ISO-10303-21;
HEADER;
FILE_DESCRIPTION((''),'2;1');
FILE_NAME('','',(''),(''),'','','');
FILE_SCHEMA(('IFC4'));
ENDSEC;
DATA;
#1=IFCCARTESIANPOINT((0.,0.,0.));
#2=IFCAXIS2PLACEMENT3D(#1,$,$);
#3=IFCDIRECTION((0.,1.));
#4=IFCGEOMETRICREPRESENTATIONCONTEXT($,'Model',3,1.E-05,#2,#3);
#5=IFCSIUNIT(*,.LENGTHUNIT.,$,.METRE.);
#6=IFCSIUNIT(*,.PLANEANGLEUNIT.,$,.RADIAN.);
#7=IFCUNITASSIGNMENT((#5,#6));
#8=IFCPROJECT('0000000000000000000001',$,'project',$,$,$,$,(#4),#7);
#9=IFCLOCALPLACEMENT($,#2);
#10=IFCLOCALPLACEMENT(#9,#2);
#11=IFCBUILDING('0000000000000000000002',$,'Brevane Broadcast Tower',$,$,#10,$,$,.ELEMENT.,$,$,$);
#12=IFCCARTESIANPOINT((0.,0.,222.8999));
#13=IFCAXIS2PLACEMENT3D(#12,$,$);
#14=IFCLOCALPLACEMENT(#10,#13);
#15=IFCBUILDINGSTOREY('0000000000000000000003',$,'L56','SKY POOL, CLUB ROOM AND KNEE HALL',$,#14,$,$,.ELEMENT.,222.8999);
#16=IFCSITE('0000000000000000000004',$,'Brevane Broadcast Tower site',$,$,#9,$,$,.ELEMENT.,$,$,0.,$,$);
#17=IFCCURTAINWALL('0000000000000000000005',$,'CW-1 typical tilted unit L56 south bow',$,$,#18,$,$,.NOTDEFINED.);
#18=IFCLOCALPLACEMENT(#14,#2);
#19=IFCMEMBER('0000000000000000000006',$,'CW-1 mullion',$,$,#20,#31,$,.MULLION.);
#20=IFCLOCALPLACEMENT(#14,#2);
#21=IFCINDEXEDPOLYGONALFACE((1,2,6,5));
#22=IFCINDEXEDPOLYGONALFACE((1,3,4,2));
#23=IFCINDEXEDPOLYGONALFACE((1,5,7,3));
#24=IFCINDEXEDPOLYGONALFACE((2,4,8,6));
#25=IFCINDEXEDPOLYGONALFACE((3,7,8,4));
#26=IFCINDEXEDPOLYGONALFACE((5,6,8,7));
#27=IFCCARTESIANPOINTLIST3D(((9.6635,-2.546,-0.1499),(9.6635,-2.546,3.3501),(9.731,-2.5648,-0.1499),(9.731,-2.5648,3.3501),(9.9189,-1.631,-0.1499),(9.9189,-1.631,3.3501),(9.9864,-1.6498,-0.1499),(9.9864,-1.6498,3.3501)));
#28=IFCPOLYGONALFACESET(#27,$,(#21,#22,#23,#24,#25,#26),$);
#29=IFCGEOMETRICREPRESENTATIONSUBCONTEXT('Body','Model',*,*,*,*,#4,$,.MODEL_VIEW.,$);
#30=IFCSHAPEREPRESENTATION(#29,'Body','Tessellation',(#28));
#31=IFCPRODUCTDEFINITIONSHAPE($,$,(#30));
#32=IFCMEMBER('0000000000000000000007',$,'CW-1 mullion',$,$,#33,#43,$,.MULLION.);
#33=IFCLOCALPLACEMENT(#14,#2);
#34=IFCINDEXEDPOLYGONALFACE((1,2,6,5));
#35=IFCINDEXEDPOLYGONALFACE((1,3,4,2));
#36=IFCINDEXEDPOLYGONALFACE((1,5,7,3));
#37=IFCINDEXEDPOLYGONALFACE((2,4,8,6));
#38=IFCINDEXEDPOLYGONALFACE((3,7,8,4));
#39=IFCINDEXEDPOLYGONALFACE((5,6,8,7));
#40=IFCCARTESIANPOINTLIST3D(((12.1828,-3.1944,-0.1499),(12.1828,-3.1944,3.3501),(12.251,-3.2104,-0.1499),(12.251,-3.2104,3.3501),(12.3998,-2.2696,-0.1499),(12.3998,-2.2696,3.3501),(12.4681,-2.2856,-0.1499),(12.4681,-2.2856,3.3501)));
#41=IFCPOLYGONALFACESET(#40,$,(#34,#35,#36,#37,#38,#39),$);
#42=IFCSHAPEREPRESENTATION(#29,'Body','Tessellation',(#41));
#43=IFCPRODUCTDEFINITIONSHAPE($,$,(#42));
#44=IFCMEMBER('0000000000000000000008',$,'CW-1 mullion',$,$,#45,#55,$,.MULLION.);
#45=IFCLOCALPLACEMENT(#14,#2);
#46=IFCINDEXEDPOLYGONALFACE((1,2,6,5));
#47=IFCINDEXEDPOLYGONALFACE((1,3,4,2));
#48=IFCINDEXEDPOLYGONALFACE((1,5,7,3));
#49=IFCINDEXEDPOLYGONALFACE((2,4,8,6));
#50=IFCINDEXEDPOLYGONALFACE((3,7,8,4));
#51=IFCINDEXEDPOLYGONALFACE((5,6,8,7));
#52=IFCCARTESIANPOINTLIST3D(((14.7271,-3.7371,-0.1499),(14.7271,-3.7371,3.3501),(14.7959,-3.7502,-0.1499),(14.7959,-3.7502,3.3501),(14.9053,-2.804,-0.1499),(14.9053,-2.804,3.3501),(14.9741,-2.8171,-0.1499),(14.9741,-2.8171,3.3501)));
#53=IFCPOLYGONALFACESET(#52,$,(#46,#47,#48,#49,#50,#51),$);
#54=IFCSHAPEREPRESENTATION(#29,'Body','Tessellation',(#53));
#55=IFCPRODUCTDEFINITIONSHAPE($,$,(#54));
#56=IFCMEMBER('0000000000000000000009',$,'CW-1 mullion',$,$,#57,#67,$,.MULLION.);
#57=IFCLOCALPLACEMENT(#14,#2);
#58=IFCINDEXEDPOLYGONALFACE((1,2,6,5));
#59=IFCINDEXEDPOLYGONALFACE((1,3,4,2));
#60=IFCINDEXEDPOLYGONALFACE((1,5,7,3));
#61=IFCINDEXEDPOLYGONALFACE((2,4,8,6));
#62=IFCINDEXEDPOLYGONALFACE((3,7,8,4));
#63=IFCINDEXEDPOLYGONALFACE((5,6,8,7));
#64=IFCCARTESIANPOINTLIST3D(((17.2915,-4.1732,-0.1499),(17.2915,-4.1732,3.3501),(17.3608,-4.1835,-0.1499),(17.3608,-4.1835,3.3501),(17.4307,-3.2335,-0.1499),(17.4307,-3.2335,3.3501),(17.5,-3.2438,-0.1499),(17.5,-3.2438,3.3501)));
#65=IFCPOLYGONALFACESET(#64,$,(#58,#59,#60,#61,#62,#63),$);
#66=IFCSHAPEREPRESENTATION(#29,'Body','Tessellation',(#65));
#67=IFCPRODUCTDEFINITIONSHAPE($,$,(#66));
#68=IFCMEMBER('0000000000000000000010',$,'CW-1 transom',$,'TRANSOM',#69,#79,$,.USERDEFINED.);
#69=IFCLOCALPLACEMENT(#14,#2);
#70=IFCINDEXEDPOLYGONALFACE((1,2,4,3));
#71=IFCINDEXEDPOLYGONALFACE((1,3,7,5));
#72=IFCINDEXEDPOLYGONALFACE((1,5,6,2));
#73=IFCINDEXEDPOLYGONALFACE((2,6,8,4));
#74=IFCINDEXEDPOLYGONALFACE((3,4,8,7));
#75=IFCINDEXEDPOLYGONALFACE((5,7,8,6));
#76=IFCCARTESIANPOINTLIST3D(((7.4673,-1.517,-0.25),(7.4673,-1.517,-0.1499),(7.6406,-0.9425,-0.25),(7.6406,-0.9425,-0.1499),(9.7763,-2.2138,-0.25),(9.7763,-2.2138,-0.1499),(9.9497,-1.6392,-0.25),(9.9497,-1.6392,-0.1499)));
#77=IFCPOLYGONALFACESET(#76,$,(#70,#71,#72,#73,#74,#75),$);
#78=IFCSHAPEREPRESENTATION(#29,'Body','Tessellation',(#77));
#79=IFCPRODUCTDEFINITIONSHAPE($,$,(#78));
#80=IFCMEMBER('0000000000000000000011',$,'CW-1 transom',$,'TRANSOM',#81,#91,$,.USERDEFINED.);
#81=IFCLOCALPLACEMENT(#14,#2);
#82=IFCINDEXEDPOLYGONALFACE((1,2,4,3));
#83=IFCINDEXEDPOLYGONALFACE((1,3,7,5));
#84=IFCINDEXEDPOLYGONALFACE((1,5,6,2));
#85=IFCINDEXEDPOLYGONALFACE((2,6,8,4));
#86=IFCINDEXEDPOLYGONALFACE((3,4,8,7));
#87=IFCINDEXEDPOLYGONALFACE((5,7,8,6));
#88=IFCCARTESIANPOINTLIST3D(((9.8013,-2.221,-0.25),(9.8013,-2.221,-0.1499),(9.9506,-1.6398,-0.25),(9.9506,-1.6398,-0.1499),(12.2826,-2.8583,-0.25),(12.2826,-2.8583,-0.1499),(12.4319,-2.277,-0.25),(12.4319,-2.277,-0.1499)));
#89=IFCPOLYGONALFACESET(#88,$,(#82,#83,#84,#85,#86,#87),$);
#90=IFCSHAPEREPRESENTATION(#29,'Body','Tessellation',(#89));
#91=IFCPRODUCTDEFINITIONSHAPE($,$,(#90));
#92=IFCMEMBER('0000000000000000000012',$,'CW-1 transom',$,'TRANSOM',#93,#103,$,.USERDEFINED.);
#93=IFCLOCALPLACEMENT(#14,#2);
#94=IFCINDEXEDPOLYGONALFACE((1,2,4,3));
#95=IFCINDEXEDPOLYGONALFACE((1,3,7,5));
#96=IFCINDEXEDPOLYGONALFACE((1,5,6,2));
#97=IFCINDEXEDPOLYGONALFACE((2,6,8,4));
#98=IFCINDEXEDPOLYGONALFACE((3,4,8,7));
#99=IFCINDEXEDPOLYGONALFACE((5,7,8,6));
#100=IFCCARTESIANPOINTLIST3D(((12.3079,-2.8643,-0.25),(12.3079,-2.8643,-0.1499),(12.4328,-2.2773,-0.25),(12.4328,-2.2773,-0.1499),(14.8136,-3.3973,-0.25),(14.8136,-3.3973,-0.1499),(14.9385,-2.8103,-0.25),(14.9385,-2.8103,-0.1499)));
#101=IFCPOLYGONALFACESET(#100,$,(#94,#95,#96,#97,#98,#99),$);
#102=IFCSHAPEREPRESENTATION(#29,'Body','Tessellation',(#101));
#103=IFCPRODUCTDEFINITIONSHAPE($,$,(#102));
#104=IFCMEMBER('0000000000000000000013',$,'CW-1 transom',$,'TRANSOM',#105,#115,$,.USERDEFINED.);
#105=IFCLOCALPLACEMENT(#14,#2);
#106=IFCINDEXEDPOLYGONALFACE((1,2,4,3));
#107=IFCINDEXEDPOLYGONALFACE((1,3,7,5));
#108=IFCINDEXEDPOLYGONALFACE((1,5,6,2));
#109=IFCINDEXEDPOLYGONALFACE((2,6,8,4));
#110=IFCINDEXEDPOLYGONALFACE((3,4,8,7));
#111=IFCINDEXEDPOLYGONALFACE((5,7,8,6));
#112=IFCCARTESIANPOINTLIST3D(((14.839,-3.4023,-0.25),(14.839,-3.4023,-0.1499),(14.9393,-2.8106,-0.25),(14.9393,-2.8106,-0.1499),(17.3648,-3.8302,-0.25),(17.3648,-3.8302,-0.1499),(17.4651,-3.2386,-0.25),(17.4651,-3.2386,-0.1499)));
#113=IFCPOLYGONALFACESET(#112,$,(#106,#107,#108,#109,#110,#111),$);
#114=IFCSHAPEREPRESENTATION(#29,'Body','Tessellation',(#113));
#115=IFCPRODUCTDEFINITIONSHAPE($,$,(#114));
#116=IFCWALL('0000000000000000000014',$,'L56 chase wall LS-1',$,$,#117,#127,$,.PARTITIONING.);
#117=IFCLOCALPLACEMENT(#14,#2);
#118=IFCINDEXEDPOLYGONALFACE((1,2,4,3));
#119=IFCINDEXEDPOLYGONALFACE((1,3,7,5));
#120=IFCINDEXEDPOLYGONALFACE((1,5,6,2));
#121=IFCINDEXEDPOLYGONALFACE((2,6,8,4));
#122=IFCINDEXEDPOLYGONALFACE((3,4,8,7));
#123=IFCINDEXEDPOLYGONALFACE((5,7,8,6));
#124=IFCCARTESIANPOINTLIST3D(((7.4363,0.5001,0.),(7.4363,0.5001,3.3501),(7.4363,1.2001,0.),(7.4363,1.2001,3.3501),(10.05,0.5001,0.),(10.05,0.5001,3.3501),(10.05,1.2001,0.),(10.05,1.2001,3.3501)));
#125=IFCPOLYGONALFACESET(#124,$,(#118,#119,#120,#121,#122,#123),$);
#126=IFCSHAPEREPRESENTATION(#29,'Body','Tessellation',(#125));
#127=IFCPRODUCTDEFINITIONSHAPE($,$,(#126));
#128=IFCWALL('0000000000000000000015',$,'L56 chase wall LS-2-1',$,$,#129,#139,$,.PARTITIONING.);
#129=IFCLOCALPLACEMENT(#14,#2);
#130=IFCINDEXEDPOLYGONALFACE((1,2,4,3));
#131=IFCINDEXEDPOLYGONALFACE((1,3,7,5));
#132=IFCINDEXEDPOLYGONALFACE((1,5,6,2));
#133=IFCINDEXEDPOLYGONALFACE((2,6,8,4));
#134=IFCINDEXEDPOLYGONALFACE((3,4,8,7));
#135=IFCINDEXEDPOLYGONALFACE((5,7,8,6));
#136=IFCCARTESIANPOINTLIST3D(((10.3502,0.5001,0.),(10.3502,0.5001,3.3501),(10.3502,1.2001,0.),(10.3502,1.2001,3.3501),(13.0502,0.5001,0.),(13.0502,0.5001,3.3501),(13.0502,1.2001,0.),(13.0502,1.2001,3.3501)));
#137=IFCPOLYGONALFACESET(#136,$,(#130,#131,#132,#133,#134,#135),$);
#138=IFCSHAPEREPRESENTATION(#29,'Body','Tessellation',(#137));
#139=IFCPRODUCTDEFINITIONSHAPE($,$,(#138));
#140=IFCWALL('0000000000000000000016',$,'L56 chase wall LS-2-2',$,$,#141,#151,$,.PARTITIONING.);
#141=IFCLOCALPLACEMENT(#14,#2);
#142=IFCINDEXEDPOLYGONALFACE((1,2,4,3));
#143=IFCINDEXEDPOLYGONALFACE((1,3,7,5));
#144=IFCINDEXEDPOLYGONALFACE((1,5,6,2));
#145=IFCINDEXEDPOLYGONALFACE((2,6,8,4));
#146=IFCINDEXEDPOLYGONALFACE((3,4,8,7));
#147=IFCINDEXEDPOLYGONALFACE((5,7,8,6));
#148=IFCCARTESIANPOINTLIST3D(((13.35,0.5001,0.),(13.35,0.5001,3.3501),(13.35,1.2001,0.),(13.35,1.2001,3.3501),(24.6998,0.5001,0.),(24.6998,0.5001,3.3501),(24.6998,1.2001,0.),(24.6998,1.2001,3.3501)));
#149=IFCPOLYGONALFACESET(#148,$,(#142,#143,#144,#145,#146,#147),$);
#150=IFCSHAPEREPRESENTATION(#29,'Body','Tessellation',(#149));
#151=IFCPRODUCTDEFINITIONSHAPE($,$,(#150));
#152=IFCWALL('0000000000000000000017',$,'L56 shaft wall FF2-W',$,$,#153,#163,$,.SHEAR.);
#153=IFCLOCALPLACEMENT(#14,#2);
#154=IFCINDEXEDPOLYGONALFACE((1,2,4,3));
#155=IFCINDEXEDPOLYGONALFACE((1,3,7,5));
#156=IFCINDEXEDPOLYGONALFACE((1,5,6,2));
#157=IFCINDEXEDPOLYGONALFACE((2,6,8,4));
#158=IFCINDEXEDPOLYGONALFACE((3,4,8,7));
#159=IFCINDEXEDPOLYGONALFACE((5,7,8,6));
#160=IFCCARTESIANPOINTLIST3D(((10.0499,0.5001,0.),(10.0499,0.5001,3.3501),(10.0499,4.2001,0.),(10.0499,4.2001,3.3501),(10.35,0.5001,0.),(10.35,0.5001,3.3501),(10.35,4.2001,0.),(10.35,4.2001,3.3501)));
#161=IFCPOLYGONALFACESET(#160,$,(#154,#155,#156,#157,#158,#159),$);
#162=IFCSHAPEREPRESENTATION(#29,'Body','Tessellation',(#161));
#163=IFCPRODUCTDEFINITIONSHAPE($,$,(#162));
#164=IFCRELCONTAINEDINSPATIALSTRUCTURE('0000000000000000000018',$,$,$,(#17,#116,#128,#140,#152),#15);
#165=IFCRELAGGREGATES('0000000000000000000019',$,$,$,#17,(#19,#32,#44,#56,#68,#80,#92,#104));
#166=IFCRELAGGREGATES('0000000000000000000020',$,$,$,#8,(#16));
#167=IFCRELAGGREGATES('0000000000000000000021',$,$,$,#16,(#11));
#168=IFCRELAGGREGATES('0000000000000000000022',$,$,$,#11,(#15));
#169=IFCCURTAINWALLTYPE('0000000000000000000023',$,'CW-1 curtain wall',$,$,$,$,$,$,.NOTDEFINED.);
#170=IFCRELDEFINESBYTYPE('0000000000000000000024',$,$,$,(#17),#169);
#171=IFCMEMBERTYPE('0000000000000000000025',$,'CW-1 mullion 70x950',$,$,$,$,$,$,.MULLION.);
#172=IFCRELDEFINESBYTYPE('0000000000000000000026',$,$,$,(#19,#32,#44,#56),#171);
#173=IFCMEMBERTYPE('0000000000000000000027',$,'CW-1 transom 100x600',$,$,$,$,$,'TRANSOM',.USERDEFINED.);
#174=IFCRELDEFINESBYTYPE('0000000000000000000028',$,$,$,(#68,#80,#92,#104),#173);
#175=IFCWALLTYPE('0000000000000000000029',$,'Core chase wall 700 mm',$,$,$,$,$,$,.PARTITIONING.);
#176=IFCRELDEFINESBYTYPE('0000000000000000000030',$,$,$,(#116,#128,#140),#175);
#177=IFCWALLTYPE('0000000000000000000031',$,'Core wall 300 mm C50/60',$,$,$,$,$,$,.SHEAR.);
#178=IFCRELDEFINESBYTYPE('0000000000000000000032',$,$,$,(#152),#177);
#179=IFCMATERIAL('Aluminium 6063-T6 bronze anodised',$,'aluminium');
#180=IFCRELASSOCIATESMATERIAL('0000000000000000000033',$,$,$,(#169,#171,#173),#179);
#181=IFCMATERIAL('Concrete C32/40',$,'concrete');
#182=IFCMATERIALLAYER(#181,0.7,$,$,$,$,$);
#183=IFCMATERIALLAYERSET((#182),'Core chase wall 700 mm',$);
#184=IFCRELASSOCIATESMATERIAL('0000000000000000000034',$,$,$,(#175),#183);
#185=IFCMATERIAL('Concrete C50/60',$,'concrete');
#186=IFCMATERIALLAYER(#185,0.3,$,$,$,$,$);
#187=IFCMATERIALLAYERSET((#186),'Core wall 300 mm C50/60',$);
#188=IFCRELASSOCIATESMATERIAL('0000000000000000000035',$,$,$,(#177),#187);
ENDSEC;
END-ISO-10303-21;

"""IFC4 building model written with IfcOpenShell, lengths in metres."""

from ifc_helpers import new_model, si_unit, direction, frame, frame_2d, origin, origin_2d, place, context, subcontext, project, spatial, rectangle, extrude, material, layer, layer_set, material_profile, profile_set, type_object, element, aggregate, save


model = new_model("IFC4")

# Units and contexts
model_context = context("Model", 3, precision=1e-05, world=origin(), true_north=direction((0.0, 1.0)))
body_context = subcontext(model_context, "Body", "Model", "MODEL_VIEW")
ifc_project = project(units=[si_unit("LENGTHUNIT", "METRE"), si_unit("PLANEANGLEUNIT", "RADIAN")], contexts=[model_context])

# Site, building, storey
site_placement = place(None, origin())
site = spatial("IfcSite", under=ifc_project, at=site_placement, Name="Brevane Broadcast Tower site", CompositionType="ELEMENT", RefElevation=0.0)
building_placement = place(site_placement, origin())
building = spatial("IfcBuilding", under=site, at=building_placement, Name="Brevane Broadcast Tower", CompositionType="ELEMENT")
storey_placement = place(building_placement, frame((0.0, 0.0, 222.8999)))
storey = spatial("IfcBuildingStorey", under=building, at=storey_placement, Name="L56", Description="SKY POOL, CLUB ROOM AND KNEE HALL", CompositionType="ELEMENT", Elevation=222.8999)

# Curtain wall, members
ifc_material_1 = material(Name="Aluminium 6063-T6 bronze anodised", Category="aluminium")
curtain_wall_type = type_object("IfcCurtainWallType", Name="CW-1 curtain wall", PredefinedType="NOTDEFINED", material=ifc_material_1)
curtain_wall_placement = place(storey_placement, origin())
curtain_wall = element("IfcCurtainWall", 1, at=curtain_wall_placement, inside=storey, type_object=curtain_wall_type, Name="CW-1 typical tilted unit L56 south bow", PredefinedType="NOTDEFINED")
ifc_material_profile_1 = material_profile(ifc_material_1, rectangle(XDim=0.95, YDim=0.0701, at=origin_2d()), Name="RECT 70x950")
ifc_profile_set_1 = profile_set([ifc_material_profile_1], Name="Aluminium 6063-T6 bronze anodised")
member_type_1 = type_object("IfcMemberType", Name="CW-1 mullion 70x950", PredefinedType="MULLION", material=ifc_profile_set_1)
member_1_placement = place(storey_placement, frame((9.825, -2.0979, -0.1499), z_axis=(0.0, 0.0, 1.0), x_axis=(0.268916, 0.963164, 0.0)))
member_1 = element("IfcMember", 2, at=member_1_placement, type_object=member_type_1, Name="CW-1 mullion", PredefinedType="MULLION", context=body_context, shape_type="SweptSolid", body=[
    extrude(rectangle(XDim=0.95, YDim=0.0701, at=origin_2d()), origin(), (0.0, 0.0, 1.0), 3.5),
])
member_2_placement = place(storey_placement, frame((12.3254, -2.74, -0.1499), z_axis=(0.0, 0.0, 1.0), x_axis=(0.228467, 0.973552, 0.0)))
member_2 = element("IfcMember", 3, at=member_2_placement, type_object=member_type_1, Name="CW-1 mullion", PredefinedType="MULLION", context=body_context, shape_type="SweptSolid", body=[
    extrude(rectangle(XDim=0.95, YDim=0.0701, at=origin_2d()), origin(), (0.0, 0.0, 1.0), 3.5),
])
member_3_placement = place(storey_placement, frame((14.8506, -3.2771, -0.1499), z_axis=(0.0, 0.0, 1.0), x_axis=(0.187621, 0.982242, 0.0)))
member_3 = element("IfcMember", 4, at=member_3_placement, type_object=member_type_1, Name="CW-1 mullion", PredefinedType="MULLION", context=body_context, shape_type="SweptSolid", body=[
    extrude(rectangle(XDim=0.95, YDim=0.0701, at=origin_2d()), origin(), (0.0, 0.0, 1.0), 3.5),
])
member_4_placement = place(storey_placement, frame((17.3958, -3.7085, -0.1499), z_axis=(0.0, 0.0, 1.0), x_axis=(0.146447, 0.989218, 0.0)))
member_4 = element("IfcMember", 5, at=member_4_placement, type_object=member_type_1, Name="CW-1 mullion", PredefinedType="MULLION", context=body_context, shape_type="SweptSolid", body=[
    extrude(rectangle(XDim=0.95, YDim=0.0701, at=origin_2d()), origin(), (0.0, 0.0, 1.0), 3.5),
])
ifc_material_profile_2 = material_profile(ifc_material_1, rectangle(XDim=0.6001, YDim=0.1001, at=origin_2d()), Name="RECT 100x600")
ifc_profile_set_2 = profile_set([ifc_material_profile_2], Name="Aluminium 6063-T6 bronze anodised")
member_type_2 = type_object("IfcMemberType", Name="CW-1 transom 100x600", ElementType="TRANSOM", PredefinedType="USERDEFINED", material=ifc_profile_set_2)
member_5_placement = place(storey_placement, frame((7.554, -1.2297, -0.2), z_axis=(0.957363, -0.288889, 0.0), x_axis=(0.288889, 0.957363, 0.0)))
member_5 = element("IfcMember", 6, at=member_5_placement, type_object=member_type_2, Name="CW-1 transom", ObjectType="TRANSOM", PredefinedType="USERDEFINED", context=body_context, shape_type="SweptSolid", body=[
    extrude(rectangle(XDim=0.6001, YDim=0.1001, at=origin_2d()), origin(), (0.0, 0.0, 1.0), 2.4119),
])
member_6_placement = place(storey_placement, frame((9.876, -1.9304, -0.2), z_axis=(0.96857, -0.248742, 0.0), x_axis=(0.248742, 0.96857, 0.0)))
member_6 = element("IfcMember", 7, at=member_6_placement, type_object=member_type_2, Name="CW-1 transom", ObjectType="TRANSOM", PredefinedType="USERDEFINED", context=body_context, shape_type="SweptSolid", body=[
    extrude(rectangle(XDim=0.6001, YDim=0.1001, at=origin_2d()), origin(), (0.0, 0.0, 1.0), 2.5618),
])
member_7_placement = place(storey_placement, frame((12.3704, -2.5708, -0.2), z_axis=(0.978118, -0.208051, 0.0), x_axis=(0.208051, 0.978118, 0.0)))
member_7 = element("IfcMember", 8, at=member_7_placement, type_object=member_type_2, Name="CW-1 transom", ObjectType="TRANSOM", PredefinedType="USERDEFINED", context=body_context, shape_type="SweptSolid", body=[
    extrude(rectangle(XDim=0.6001, YDim=0.1001, at=origin_2d()), origin(), (0.0, 0.0, 1.0), 2.5618),
])
member_8_placement = place(storey_placement, frame((14.8892, -3.1064, -0.2), z_axis=(0.985947, -0.167056, 0.0), x_axis=(0.167056, 0.985947, 0.0)))
member_8 = element("IfcMember", 9, at=member_8_placement, type_object=member_type_2, Name="CW-1 transom", ObjectType="TRANSOM", PredefinedType="USERDEFINED", context=body_context, shape_type="SweptSolid", body=[
    extrude(rectangle(XDim=0.6001, YDim=0.1001, at=origin_2d()), origin(), (0.0, 0.0, 1.0), 2.5618),
])
aggregate(curtain_wall, [member_1, member_2, member_3, member_4, member_5, member_6, member_7, member_8])

# Walls
ifc_material_2 = material(Name="Concrete C32/40", Category="concrete")
ifc_layer_1 = layer(ifc_material_2, 0.7)
ifc_layer_set_1 = layer_set([ifc_layer_1], Name="Core chase wall 700 mm")
wall_type_1 = type_object("IfcWallType", Name="Core chase wall 700 mm", PredefinedType="PARTITIONING", material=ifc_layer_set_1)
wall_1_placement = place(storey_placement, frame((7.4363, 0.8501, 0.0), z_axis=(0.0, 0.0, 1.0), x_axis=(1.0, 0.0, 0.0)))
element("IfcWall", 10, at=wall_1_placement, inside=storey, type_object=wall_type_1, Name="L56 chase wall LS-1", PredefinedType="PARTITIONING", context=body_context, shape_type="SweptSolid", body=[
    extrude(rectangle(XDim=2.6138, YDim=0.7, at=frame_2d((1.3069, 0.0))), origin(), (0.0, 0.0, 1.0), 3.3501),
])
wall_2_placement = place(storey_placement, frame((10.3501, 0.8501, 0.0), z_axis=(0.0, 0.0, 1.0), x_axis=(1.0, 0.0, 0.0)))
element("IfcWall", 11, at=wall_2_placement, inside=storey, type_object=wall_type_1, Name="L56 chase wall LS-2-1", PredefinedType="PARTITIONING", context=body_context, shape_type="SweptSolid", body=[
    extrude(rectangle(XDim=2.7, YDim=0.7, at=frame_2d((1.3501, 0.0))), origin(), (0.0, 0.0, 1.0), 3.3501),
])
wall_3_placement = place(storey_placement, frame((13.3501, 0.8501, 0.0), z_axis=(0.0, 0.0, 1.0), x_axis=(1.0, 0.0, 0.0)))
element("IfcWall", 12, at=wall_3_placement, inside=storey, type_object=wall_type_1, Name="L56 chase wall LS-2-2", PredefinedType="PARTITIONING", context=body_context, shape_type="SweptSolid", body=[
    extrude(rectangle(XDim=11.3499, YDim=0.7, at=frame_2d((5.6748, 0.0))), origin(), (0.0, 0.0, 1.0), 3.3501),
])
ifc_material_3 = material(Name="Concrete C50/60", Category="concrete")
ifc_layer_2 = layer(ifc_material_3, 0.3)
ifc_layer_set_2 = layer_set([ifc_layer_2], Name="Core wall 300 mm C50/60")
wall_type_2 = type_object("IfcWallType", Name="Core wall 300 mm C50/60", PredefinedType="SHEAR", material=ifc_layer_set_2)
wall_4_placement = place(storey_placement, frame((10.2, 0.5, 0.0), z_axis=(0.0, 0.0, 1.0), x_axis=(0.0, 1.0, 0.0)))
element("IfcWall", 13, at=wall_4_placement, inside=storey, type_object=wall_type_2, Name="L56 shaft wall FF2-W", PredefinedType="SHEAR", context=body_context, shape_type="SweptSolid", body=[
    extrude(rectangle(XDim=3.7, YDim=0.3, at=frame_2d((1.8501, 0.0))), origin(), (0.0, 0.0, 1.0), 3.3501),
])

save(model, "model.ifc")
